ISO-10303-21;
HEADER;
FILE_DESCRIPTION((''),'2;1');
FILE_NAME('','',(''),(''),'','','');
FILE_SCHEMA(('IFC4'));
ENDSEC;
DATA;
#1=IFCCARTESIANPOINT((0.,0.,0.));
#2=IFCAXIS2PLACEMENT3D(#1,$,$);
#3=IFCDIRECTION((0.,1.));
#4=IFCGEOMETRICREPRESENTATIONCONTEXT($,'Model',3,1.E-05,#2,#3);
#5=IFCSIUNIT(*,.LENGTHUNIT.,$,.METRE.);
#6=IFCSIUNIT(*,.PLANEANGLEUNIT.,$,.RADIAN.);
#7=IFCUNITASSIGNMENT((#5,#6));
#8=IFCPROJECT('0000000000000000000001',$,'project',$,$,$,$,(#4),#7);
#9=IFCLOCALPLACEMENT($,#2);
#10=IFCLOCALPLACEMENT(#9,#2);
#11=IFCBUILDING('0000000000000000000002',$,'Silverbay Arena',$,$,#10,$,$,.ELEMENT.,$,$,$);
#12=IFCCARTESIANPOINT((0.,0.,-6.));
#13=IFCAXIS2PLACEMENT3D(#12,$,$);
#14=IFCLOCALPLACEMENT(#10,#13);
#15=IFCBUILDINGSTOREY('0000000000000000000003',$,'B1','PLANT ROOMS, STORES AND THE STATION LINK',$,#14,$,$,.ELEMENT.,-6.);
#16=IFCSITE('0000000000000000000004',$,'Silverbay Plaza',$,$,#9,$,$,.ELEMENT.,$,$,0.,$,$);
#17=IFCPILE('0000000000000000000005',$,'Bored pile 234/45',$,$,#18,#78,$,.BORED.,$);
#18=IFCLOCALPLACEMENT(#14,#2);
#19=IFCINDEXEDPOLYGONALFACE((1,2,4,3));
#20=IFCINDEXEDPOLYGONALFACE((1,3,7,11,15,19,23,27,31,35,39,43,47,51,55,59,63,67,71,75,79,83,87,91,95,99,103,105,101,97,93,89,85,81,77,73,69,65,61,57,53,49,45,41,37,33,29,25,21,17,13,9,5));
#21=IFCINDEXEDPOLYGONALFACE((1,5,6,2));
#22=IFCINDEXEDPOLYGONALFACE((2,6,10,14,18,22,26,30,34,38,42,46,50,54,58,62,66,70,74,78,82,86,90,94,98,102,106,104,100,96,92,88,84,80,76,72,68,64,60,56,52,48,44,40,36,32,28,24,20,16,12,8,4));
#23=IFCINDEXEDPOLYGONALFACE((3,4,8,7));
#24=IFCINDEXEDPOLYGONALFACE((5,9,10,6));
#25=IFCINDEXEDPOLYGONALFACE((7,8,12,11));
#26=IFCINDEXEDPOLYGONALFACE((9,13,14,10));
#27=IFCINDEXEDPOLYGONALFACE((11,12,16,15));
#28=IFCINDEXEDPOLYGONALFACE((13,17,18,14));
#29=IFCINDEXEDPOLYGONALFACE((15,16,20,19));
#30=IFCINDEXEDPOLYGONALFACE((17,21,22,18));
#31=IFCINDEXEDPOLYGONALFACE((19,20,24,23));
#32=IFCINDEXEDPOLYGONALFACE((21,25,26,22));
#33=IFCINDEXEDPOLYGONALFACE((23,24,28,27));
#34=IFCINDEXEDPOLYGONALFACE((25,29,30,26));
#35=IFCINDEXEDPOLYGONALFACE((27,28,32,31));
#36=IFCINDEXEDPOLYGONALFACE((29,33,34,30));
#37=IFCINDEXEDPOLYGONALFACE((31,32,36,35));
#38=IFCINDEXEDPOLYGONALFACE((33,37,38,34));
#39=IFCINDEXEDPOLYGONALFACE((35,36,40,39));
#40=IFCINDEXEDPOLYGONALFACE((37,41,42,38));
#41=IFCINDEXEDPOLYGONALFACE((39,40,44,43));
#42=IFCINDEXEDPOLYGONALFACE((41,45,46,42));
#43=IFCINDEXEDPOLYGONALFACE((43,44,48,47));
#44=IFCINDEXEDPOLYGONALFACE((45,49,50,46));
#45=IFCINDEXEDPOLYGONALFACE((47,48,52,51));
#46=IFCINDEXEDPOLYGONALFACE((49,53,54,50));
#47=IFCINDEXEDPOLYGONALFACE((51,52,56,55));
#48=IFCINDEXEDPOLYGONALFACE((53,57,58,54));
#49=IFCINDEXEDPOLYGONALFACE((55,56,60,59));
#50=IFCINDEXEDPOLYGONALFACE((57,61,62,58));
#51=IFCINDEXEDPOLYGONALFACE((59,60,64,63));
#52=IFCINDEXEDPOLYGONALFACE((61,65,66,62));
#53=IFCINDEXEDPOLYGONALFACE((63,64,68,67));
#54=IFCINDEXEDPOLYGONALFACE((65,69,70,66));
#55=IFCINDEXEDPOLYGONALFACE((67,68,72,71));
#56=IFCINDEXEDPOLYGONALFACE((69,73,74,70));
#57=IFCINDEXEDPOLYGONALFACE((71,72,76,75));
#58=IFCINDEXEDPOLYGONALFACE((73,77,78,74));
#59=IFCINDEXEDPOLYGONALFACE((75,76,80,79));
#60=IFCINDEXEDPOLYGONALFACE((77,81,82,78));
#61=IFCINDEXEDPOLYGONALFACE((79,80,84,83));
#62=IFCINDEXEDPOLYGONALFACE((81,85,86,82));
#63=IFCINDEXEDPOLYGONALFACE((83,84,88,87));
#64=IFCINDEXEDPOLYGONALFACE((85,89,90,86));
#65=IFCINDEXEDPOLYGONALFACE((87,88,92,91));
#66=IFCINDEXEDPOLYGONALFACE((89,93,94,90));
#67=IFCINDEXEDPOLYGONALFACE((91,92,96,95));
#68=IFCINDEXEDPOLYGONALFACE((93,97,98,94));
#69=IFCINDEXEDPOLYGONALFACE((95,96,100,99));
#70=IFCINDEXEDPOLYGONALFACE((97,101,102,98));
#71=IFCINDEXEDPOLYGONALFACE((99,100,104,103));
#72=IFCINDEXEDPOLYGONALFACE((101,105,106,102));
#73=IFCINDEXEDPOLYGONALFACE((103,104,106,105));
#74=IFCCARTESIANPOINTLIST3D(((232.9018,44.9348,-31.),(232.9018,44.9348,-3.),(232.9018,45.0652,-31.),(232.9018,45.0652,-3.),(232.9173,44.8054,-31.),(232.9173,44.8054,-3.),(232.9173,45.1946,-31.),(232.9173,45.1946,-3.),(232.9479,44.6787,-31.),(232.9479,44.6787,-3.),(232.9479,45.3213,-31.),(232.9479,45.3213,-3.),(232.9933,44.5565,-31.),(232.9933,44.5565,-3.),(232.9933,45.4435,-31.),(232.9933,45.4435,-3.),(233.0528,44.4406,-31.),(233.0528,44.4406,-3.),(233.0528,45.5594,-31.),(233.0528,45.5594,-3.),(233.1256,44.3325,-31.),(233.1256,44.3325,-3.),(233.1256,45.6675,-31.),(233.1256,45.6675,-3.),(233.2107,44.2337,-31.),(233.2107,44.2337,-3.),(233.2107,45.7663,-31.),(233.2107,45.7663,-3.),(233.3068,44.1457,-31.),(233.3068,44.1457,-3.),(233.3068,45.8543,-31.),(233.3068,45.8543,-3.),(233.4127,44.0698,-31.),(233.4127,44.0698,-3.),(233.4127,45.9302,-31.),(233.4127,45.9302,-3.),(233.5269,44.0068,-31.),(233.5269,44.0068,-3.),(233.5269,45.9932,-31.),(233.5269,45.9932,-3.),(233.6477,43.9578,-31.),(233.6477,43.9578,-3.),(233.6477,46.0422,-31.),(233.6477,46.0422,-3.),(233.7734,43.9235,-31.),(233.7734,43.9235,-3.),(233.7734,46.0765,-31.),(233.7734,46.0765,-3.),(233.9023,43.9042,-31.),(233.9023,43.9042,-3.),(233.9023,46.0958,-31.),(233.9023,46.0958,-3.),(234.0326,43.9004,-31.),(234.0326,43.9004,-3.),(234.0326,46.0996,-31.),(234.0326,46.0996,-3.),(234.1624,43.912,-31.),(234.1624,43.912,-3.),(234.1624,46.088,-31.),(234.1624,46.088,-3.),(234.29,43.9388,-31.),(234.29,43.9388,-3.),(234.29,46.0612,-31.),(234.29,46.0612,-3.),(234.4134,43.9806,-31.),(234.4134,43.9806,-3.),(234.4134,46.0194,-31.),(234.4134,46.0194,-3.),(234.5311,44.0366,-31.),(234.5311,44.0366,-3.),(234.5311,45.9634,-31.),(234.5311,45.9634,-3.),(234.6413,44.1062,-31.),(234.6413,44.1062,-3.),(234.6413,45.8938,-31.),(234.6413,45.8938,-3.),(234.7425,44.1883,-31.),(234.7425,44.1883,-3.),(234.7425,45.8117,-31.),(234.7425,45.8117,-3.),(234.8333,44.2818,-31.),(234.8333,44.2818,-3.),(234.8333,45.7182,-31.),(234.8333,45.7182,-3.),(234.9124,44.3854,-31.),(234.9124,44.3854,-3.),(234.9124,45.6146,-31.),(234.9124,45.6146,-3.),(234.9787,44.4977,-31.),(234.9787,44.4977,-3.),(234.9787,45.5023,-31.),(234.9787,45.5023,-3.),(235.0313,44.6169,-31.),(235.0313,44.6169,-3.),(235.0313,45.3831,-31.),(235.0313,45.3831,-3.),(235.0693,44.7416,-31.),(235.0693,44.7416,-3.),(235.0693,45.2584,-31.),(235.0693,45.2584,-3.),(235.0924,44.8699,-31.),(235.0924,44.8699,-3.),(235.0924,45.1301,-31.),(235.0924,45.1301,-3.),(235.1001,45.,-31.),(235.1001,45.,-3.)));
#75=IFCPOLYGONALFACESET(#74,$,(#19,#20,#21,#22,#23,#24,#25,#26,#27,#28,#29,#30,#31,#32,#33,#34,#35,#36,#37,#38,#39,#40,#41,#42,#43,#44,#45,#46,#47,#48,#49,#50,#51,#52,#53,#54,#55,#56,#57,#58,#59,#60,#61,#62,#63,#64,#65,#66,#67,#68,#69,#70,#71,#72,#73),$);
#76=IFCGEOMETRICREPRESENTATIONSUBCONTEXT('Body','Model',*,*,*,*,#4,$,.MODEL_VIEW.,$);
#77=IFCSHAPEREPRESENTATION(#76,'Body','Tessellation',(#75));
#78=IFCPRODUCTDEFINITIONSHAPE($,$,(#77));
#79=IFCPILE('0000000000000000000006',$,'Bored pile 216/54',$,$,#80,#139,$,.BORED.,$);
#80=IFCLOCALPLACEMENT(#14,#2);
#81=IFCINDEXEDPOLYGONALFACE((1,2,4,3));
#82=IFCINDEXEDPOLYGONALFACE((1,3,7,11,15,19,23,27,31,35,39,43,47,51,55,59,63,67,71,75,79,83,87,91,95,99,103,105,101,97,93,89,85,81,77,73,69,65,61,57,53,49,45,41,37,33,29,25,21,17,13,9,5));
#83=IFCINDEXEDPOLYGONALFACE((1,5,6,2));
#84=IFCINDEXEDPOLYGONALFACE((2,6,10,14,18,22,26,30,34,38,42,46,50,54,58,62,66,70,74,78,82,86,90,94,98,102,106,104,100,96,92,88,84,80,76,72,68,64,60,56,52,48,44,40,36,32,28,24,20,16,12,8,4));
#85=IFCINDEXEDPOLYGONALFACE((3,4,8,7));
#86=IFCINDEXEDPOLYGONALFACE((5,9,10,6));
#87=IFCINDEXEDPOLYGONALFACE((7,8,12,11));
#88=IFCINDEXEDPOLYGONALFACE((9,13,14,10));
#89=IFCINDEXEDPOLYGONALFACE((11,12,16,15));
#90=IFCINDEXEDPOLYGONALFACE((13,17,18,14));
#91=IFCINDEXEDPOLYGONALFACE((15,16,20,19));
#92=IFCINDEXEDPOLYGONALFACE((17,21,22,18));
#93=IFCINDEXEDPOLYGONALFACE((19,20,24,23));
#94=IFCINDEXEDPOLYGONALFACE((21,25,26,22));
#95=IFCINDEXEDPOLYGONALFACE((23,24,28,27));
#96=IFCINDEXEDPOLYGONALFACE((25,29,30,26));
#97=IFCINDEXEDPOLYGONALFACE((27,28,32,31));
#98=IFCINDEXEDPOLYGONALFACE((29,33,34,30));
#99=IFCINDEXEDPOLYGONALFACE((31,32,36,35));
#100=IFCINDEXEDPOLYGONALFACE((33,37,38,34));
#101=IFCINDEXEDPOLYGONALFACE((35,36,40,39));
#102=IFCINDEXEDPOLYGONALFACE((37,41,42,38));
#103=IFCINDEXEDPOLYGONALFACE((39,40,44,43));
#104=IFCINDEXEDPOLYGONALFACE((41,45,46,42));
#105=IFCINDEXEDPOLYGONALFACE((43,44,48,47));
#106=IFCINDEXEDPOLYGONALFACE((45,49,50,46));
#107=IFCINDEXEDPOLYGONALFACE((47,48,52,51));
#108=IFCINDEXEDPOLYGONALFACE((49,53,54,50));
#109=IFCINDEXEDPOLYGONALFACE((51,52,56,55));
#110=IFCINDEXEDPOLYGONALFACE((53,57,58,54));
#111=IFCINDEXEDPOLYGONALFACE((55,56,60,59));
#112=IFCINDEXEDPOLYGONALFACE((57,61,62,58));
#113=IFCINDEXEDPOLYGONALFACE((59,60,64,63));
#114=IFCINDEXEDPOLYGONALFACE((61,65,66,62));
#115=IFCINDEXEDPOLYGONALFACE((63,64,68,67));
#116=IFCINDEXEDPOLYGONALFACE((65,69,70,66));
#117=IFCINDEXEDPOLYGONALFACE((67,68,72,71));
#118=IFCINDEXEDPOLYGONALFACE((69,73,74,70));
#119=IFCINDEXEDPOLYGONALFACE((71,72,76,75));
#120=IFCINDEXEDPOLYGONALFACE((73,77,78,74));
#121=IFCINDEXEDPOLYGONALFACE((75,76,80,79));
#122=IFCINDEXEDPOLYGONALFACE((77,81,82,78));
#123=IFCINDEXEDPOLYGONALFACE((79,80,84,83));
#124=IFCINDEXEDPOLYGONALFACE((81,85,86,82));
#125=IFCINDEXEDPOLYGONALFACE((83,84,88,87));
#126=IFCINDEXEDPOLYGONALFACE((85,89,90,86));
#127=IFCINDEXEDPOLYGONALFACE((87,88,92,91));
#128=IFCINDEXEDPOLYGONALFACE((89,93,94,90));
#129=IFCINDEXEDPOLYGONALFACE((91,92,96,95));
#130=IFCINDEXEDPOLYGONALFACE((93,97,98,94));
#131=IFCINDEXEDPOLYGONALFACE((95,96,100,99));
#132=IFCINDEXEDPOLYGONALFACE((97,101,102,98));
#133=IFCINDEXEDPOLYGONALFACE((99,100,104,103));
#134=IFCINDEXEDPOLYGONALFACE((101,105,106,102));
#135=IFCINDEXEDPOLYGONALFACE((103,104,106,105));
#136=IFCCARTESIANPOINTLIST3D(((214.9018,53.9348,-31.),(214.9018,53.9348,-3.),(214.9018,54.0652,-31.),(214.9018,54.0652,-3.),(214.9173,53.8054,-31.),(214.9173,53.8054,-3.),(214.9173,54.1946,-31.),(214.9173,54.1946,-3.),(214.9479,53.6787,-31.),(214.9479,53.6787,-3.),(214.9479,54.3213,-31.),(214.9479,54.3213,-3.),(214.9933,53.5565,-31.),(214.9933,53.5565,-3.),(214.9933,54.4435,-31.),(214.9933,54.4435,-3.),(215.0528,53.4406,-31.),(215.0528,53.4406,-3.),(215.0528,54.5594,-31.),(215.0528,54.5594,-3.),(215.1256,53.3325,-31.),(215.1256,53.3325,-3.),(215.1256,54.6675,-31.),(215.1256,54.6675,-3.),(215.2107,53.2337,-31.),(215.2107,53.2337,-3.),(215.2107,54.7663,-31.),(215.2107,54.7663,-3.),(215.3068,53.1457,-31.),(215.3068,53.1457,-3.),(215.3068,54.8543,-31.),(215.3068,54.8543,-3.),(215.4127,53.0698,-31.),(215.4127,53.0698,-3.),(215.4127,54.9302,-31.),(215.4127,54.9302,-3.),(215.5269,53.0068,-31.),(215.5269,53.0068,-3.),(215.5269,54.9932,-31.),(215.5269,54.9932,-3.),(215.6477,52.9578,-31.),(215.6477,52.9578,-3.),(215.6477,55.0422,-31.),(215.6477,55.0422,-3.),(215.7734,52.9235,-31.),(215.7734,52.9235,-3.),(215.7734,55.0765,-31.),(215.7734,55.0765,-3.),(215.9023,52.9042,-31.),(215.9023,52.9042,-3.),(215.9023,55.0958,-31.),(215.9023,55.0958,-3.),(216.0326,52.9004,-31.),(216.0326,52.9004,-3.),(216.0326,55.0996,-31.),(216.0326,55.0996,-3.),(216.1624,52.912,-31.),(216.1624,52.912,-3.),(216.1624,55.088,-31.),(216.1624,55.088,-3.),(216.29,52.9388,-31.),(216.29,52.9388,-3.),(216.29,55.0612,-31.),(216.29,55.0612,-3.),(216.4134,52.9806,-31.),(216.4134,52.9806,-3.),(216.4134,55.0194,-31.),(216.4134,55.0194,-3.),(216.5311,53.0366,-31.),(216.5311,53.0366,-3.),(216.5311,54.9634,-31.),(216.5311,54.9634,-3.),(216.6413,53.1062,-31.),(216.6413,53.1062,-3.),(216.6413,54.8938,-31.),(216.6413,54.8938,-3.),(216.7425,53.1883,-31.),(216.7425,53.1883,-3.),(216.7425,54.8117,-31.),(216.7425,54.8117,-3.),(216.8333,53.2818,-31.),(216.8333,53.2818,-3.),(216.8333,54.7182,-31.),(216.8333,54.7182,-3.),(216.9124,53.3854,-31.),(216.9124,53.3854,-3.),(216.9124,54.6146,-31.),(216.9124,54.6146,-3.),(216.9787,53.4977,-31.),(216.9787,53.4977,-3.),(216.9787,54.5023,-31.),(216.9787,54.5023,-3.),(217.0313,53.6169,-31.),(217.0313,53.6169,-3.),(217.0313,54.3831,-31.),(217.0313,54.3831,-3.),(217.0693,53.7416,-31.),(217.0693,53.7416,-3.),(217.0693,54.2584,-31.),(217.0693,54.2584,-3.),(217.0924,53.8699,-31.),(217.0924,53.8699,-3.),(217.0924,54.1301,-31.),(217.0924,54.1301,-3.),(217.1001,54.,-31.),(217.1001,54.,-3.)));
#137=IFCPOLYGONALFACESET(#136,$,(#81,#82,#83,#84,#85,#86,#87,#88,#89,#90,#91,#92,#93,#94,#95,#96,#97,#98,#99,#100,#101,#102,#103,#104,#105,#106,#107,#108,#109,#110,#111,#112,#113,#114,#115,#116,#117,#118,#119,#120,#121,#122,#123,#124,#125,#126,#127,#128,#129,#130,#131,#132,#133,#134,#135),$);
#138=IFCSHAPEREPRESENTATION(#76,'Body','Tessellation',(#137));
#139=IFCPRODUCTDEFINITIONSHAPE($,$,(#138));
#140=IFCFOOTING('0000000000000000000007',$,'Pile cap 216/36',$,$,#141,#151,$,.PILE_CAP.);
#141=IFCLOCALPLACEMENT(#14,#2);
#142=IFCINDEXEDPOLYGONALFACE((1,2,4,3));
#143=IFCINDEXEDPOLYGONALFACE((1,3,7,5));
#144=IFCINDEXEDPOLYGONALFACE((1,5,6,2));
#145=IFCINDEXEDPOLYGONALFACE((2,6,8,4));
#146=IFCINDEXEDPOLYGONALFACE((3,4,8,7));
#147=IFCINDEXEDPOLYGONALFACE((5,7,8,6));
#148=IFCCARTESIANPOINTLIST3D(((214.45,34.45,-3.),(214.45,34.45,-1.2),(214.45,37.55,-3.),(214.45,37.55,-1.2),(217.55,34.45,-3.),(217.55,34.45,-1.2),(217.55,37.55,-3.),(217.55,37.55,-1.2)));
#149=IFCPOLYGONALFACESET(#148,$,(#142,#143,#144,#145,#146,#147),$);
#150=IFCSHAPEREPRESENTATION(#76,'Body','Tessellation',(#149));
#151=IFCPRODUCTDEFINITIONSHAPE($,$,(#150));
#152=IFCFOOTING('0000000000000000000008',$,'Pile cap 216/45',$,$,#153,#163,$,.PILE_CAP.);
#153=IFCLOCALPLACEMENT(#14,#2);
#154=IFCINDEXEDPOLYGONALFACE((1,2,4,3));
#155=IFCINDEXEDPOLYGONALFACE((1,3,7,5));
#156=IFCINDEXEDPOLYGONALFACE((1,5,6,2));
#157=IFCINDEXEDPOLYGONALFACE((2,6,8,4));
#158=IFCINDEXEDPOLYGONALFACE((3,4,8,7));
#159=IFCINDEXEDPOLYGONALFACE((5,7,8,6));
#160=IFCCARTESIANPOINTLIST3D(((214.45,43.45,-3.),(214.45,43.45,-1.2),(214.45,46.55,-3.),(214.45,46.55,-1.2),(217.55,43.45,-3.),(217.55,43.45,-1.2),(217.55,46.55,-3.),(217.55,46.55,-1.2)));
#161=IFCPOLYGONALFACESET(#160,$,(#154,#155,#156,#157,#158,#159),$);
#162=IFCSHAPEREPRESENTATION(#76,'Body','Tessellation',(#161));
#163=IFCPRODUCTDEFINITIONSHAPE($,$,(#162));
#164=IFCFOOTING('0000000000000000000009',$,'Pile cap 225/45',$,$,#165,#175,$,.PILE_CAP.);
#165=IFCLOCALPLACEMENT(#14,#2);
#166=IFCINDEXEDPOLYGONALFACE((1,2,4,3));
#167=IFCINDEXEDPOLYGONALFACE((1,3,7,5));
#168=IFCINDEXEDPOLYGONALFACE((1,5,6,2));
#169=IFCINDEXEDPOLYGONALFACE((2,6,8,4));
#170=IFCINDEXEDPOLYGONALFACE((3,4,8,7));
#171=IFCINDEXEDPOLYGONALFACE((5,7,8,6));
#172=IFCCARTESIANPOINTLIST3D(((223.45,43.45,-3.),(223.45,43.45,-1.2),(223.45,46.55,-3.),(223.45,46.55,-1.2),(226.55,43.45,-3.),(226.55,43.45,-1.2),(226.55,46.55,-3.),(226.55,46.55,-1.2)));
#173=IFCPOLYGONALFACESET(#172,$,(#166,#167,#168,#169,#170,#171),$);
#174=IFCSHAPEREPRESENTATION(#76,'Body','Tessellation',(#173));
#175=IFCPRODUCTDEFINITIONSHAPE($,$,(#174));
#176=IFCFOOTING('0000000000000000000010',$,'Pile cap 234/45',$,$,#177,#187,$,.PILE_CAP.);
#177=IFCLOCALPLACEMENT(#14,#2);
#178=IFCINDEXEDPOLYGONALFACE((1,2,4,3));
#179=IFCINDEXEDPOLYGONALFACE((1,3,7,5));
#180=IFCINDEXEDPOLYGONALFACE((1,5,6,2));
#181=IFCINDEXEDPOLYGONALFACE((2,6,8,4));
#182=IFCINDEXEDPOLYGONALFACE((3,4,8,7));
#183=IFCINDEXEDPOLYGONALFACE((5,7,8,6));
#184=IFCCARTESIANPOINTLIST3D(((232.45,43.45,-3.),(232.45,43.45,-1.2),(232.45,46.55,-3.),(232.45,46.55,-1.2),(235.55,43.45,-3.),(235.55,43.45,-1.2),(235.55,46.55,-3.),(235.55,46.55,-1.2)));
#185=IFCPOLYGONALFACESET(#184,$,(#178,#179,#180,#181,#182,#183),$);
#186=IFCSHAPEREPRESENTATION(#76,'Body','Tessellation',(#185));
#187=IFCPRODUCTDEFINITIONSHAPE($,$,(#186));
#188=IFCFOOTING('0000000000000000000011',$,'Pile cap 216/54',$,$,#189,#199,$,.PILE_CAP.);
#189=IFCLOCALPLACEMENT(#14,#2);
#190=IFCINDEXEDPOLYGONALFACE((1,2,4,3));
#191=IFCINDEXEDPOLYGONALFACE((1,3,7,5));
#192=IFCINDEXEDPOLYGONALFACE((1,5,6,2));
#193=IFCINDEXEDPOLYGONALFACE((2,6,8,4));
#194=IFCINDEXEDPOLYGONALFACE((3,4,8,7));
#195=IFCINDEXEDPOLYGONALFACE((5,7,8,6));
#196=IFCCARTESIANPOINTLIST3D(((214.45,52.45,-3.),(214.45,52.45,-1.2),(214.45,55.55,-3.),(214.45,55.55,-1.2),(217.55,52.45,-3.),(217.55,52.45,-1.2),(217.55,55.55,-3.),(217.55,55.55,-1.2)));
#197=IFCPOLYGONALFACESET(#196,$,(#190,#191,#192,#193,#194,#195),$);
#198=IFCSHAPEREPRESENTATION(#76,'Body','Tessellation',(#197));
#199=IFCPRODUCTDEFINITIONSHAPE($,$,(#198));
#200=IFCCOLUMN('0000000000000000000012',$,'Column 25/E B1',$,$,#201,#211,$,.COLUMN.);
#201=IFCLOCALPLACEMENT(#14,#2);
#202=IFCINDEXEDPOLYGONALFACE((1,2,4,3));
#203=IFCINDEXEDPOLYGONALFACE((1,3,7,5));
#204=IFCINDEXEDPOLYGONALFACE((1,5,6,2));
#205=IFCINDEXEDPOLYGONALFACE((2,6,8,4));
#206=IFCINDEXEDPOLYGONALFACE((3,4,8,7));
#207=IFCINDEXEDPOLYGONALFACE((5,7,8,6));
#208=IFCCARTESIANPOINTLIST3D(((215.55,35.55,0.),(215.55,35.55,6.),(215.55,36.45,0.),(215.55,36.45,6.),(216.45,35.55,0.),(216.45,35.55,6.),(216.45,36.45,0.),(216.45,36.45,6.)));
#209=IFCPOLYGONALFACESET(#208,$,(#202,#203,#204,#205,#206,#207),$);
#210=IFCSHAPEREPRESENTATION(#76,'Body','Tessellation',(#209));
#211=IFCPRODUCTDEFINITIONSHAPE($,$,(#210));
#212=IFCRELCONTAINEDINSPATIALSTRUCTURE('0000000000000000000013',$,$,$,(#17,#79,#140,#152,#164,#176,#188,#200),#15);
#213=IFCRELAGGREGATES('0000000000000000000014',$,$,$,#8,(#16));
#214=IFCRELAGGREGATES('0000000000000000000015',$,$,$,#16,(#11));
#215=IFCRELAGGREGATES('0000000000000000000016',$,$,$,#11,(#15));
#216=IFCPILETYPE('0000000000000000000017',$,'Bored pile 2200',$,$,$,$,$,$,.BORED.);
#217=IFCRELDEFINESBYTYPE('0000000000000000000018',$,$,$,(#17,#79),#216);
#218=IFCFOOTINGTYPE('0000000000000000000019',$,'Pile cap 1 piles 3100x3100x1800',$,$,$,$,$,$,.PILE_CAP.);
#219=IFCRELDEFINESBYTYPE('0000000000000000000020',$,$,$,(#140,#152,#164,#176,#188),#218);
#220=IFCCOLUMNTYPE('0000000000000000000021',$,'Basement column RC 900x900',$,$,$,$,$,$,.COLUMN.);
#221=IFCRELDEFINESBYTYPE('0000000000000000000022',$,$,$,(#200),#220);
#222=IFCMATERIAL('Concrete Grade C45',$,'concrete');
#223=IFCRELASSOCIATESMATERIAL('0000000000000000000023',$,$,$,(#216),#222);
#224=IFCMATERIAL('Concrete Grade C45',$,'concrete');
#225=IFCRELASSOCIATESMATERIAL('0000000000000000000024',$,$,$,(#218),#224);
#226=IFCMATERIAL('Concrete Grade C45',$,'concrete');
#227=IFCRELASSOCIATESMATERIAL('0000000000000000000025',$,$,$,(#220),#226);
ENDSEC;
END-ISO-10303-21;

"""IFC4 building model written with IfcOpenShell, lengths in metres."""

from ifc_helpers import new_model, si_unit, direction, frame, origin, origin_2d, place, context, subcontext, project, spatial, rectangle, circle, extrude, material, material_profile, profile_set, type_object, element, save


model = new_model("IFC4")

# Units and contexts
model_context = context("Model", 3, precision=1e-05, world=origin(), true_north=direction((0.0, 1.0)))
body_context = subcontext(model_context, "Body", "Model", "MODEL_VIEW")
ifc_project = project(units=[si_unit("LENGTHUNIT", "METRE"), si_unit("PLANEANGLEUNIT", "RADIAN")], contexts=[model_context])

# Site, building, storey
site_placement = place(None, origin())
site = spatial("IfcSite", under=ifc_project, at=site_placement, Name="Silverbay Plaza", CompositionType="ELEMENT", RefElevation=0.0)
building_placement = place(site_placement, origin())
building = spatial("IfcBuilding", under=site, at=building_placement, Name="Silverbay Arena", CompositionType="ELEMENT")
storey_placement = place(building_placement, frame((0.0, 0.0, -6.0)))
storey = spatial("IfcBuildingStorey", under=building, at=storey_placement, Name="B1", Description="PLANT ROOMS, STORES AND THE STATION LINK", CompositionType="ELEMENT", Elevation=-6.0)

# Piles
ifc_material_1 = material(Name="Concrete Grade C45", Category="concrete")
ifc_material_profile_1 = material_profile(ifc_material_1, circle(Radius=1.1001, at=origin_2d()), Name="Bored pile 2200")
ifc_profile_set_1 = profile_set([ifc_material_profile_1], Name="Concrete Grade C45")
pile_type_1 = type_object("IfcPileType", Name="Bored pile 2200", PredefinedType="BORED", material=ifc_profile_set_1)
for number, where, z_axis, x_axis, name in (
    (1, (234.0, 45.0, -3.0), (0.0, 0.0, -1.0), (1.0, 0.0, 0.0), "Bored pile 234/45"),
    (2, (216.0, 54.0, -3.0), (0.0, 0.0, -1.0), (1.0, 0.0, 0.0), "Bored pile 216/54"),
):
    element("IfcPile", number, at=place(storey_placement, frame(where, z_axis=z_axis, x_axis=x_axis)), inside=storey, type_object=pile_type_1, Name=name, PredefinedType="BORED", context=body_context, shape_type="SweptSolid", body=[
        extrude(circle(Radius=1.1001, at=origin_2d()), origin(), (0.0, 0.0, 1.0), 28.0),
    ])

# Footings
ifc_material_2 = material(Name="Concrete Grade C45", Category="concrete")
footing_type = type_object("IfcFootingType", Name="Pile cap 1 piles 3100x3100x1800", PredefinedType="PILE_CAP", material=ifc_material_2)
for number, where, z_axis, x_axis, name in (
    (3, (216.0, 36.0, -3.0), (0.0, 0.0, 1.0), (1.0, 0.0, 0.0), "Pile cap 216/36"),
    (4, (216.0, 45.0, -3.0), (0.0, 0.0, 1.0), (1.0, 0.0, 0.0), "Pile cap 216/45"),
    (5, (225.0, 45.0, -3.0), (0.0, 0.0, 1.0), (1.0, 0.0, 0.0), "Pile cap 225/45"),
    (6, (234.0, 45.0, -3.0), (0.0, 0.0, 1.0), (1.0, 0.0, 0.0), "Pile cap 234/45"),
    (7, (216.0, 54.0, -3.0), (0.0, 0.0, 1.0), (1.0, 0.0, 0.0), "Pile cap 216/54"),
):
    element("IfcFooting", number, at=place(storey_placement, frame(where, z_axis=z_axis, x_axis=x_axis)), inside=storey, type_object=footing_type, Name=name, PredefinedType="PILE_CAP", context=body_context, shape_type="SweptSolid", body=[
        extrude(rectangle(XDim=3.1001, YDim=3.1001, at=origin_2d()), origin(), (0.0, 0.0, 1.0), 1.8),
    ])

# Column
ifc_material_3 = material(Name="Concrete Grade C45", Category="concrete")
ifc_material_profile_2 = material_profile(ifc_material_3, rectangle(XDim=0.8999, YDim=0.8999, at=origin_2d()), Name="RC 900x900")
ifc_profile_set_2 = profile_set([ifc_material_profile_2], Name="Concrete Grade C45")
column_type = type_object("IfcColumnType", Name="Basement column RC 900x900", PredefinedType="COLUMN", material=ifc_profile_set_2)
for number, where, z_axis, x_axis, name in (
    (8, (216.0, 36.0, 0.0), (0.0, 0.0, 1.0), (1.0, 0.0, 0.0), "Column 25/E B1"),
):
    element("IfcColumn", number, at=place(storey_placement, frame(where, z_axis=z_axis, x_axis=x_axis)), inside=storey, type_object=column_type, Name=name, PredefinedType="COLUMN", context=body_context, shape_type="SweptSolid", body=[
        extrude(rectangle(XDim=0.8999, YDim=0.8999, at=origin_2d()), origin(), (0.0, 0.0, 1.0), 6.0),
    ])

save(model, "model.ifc")
